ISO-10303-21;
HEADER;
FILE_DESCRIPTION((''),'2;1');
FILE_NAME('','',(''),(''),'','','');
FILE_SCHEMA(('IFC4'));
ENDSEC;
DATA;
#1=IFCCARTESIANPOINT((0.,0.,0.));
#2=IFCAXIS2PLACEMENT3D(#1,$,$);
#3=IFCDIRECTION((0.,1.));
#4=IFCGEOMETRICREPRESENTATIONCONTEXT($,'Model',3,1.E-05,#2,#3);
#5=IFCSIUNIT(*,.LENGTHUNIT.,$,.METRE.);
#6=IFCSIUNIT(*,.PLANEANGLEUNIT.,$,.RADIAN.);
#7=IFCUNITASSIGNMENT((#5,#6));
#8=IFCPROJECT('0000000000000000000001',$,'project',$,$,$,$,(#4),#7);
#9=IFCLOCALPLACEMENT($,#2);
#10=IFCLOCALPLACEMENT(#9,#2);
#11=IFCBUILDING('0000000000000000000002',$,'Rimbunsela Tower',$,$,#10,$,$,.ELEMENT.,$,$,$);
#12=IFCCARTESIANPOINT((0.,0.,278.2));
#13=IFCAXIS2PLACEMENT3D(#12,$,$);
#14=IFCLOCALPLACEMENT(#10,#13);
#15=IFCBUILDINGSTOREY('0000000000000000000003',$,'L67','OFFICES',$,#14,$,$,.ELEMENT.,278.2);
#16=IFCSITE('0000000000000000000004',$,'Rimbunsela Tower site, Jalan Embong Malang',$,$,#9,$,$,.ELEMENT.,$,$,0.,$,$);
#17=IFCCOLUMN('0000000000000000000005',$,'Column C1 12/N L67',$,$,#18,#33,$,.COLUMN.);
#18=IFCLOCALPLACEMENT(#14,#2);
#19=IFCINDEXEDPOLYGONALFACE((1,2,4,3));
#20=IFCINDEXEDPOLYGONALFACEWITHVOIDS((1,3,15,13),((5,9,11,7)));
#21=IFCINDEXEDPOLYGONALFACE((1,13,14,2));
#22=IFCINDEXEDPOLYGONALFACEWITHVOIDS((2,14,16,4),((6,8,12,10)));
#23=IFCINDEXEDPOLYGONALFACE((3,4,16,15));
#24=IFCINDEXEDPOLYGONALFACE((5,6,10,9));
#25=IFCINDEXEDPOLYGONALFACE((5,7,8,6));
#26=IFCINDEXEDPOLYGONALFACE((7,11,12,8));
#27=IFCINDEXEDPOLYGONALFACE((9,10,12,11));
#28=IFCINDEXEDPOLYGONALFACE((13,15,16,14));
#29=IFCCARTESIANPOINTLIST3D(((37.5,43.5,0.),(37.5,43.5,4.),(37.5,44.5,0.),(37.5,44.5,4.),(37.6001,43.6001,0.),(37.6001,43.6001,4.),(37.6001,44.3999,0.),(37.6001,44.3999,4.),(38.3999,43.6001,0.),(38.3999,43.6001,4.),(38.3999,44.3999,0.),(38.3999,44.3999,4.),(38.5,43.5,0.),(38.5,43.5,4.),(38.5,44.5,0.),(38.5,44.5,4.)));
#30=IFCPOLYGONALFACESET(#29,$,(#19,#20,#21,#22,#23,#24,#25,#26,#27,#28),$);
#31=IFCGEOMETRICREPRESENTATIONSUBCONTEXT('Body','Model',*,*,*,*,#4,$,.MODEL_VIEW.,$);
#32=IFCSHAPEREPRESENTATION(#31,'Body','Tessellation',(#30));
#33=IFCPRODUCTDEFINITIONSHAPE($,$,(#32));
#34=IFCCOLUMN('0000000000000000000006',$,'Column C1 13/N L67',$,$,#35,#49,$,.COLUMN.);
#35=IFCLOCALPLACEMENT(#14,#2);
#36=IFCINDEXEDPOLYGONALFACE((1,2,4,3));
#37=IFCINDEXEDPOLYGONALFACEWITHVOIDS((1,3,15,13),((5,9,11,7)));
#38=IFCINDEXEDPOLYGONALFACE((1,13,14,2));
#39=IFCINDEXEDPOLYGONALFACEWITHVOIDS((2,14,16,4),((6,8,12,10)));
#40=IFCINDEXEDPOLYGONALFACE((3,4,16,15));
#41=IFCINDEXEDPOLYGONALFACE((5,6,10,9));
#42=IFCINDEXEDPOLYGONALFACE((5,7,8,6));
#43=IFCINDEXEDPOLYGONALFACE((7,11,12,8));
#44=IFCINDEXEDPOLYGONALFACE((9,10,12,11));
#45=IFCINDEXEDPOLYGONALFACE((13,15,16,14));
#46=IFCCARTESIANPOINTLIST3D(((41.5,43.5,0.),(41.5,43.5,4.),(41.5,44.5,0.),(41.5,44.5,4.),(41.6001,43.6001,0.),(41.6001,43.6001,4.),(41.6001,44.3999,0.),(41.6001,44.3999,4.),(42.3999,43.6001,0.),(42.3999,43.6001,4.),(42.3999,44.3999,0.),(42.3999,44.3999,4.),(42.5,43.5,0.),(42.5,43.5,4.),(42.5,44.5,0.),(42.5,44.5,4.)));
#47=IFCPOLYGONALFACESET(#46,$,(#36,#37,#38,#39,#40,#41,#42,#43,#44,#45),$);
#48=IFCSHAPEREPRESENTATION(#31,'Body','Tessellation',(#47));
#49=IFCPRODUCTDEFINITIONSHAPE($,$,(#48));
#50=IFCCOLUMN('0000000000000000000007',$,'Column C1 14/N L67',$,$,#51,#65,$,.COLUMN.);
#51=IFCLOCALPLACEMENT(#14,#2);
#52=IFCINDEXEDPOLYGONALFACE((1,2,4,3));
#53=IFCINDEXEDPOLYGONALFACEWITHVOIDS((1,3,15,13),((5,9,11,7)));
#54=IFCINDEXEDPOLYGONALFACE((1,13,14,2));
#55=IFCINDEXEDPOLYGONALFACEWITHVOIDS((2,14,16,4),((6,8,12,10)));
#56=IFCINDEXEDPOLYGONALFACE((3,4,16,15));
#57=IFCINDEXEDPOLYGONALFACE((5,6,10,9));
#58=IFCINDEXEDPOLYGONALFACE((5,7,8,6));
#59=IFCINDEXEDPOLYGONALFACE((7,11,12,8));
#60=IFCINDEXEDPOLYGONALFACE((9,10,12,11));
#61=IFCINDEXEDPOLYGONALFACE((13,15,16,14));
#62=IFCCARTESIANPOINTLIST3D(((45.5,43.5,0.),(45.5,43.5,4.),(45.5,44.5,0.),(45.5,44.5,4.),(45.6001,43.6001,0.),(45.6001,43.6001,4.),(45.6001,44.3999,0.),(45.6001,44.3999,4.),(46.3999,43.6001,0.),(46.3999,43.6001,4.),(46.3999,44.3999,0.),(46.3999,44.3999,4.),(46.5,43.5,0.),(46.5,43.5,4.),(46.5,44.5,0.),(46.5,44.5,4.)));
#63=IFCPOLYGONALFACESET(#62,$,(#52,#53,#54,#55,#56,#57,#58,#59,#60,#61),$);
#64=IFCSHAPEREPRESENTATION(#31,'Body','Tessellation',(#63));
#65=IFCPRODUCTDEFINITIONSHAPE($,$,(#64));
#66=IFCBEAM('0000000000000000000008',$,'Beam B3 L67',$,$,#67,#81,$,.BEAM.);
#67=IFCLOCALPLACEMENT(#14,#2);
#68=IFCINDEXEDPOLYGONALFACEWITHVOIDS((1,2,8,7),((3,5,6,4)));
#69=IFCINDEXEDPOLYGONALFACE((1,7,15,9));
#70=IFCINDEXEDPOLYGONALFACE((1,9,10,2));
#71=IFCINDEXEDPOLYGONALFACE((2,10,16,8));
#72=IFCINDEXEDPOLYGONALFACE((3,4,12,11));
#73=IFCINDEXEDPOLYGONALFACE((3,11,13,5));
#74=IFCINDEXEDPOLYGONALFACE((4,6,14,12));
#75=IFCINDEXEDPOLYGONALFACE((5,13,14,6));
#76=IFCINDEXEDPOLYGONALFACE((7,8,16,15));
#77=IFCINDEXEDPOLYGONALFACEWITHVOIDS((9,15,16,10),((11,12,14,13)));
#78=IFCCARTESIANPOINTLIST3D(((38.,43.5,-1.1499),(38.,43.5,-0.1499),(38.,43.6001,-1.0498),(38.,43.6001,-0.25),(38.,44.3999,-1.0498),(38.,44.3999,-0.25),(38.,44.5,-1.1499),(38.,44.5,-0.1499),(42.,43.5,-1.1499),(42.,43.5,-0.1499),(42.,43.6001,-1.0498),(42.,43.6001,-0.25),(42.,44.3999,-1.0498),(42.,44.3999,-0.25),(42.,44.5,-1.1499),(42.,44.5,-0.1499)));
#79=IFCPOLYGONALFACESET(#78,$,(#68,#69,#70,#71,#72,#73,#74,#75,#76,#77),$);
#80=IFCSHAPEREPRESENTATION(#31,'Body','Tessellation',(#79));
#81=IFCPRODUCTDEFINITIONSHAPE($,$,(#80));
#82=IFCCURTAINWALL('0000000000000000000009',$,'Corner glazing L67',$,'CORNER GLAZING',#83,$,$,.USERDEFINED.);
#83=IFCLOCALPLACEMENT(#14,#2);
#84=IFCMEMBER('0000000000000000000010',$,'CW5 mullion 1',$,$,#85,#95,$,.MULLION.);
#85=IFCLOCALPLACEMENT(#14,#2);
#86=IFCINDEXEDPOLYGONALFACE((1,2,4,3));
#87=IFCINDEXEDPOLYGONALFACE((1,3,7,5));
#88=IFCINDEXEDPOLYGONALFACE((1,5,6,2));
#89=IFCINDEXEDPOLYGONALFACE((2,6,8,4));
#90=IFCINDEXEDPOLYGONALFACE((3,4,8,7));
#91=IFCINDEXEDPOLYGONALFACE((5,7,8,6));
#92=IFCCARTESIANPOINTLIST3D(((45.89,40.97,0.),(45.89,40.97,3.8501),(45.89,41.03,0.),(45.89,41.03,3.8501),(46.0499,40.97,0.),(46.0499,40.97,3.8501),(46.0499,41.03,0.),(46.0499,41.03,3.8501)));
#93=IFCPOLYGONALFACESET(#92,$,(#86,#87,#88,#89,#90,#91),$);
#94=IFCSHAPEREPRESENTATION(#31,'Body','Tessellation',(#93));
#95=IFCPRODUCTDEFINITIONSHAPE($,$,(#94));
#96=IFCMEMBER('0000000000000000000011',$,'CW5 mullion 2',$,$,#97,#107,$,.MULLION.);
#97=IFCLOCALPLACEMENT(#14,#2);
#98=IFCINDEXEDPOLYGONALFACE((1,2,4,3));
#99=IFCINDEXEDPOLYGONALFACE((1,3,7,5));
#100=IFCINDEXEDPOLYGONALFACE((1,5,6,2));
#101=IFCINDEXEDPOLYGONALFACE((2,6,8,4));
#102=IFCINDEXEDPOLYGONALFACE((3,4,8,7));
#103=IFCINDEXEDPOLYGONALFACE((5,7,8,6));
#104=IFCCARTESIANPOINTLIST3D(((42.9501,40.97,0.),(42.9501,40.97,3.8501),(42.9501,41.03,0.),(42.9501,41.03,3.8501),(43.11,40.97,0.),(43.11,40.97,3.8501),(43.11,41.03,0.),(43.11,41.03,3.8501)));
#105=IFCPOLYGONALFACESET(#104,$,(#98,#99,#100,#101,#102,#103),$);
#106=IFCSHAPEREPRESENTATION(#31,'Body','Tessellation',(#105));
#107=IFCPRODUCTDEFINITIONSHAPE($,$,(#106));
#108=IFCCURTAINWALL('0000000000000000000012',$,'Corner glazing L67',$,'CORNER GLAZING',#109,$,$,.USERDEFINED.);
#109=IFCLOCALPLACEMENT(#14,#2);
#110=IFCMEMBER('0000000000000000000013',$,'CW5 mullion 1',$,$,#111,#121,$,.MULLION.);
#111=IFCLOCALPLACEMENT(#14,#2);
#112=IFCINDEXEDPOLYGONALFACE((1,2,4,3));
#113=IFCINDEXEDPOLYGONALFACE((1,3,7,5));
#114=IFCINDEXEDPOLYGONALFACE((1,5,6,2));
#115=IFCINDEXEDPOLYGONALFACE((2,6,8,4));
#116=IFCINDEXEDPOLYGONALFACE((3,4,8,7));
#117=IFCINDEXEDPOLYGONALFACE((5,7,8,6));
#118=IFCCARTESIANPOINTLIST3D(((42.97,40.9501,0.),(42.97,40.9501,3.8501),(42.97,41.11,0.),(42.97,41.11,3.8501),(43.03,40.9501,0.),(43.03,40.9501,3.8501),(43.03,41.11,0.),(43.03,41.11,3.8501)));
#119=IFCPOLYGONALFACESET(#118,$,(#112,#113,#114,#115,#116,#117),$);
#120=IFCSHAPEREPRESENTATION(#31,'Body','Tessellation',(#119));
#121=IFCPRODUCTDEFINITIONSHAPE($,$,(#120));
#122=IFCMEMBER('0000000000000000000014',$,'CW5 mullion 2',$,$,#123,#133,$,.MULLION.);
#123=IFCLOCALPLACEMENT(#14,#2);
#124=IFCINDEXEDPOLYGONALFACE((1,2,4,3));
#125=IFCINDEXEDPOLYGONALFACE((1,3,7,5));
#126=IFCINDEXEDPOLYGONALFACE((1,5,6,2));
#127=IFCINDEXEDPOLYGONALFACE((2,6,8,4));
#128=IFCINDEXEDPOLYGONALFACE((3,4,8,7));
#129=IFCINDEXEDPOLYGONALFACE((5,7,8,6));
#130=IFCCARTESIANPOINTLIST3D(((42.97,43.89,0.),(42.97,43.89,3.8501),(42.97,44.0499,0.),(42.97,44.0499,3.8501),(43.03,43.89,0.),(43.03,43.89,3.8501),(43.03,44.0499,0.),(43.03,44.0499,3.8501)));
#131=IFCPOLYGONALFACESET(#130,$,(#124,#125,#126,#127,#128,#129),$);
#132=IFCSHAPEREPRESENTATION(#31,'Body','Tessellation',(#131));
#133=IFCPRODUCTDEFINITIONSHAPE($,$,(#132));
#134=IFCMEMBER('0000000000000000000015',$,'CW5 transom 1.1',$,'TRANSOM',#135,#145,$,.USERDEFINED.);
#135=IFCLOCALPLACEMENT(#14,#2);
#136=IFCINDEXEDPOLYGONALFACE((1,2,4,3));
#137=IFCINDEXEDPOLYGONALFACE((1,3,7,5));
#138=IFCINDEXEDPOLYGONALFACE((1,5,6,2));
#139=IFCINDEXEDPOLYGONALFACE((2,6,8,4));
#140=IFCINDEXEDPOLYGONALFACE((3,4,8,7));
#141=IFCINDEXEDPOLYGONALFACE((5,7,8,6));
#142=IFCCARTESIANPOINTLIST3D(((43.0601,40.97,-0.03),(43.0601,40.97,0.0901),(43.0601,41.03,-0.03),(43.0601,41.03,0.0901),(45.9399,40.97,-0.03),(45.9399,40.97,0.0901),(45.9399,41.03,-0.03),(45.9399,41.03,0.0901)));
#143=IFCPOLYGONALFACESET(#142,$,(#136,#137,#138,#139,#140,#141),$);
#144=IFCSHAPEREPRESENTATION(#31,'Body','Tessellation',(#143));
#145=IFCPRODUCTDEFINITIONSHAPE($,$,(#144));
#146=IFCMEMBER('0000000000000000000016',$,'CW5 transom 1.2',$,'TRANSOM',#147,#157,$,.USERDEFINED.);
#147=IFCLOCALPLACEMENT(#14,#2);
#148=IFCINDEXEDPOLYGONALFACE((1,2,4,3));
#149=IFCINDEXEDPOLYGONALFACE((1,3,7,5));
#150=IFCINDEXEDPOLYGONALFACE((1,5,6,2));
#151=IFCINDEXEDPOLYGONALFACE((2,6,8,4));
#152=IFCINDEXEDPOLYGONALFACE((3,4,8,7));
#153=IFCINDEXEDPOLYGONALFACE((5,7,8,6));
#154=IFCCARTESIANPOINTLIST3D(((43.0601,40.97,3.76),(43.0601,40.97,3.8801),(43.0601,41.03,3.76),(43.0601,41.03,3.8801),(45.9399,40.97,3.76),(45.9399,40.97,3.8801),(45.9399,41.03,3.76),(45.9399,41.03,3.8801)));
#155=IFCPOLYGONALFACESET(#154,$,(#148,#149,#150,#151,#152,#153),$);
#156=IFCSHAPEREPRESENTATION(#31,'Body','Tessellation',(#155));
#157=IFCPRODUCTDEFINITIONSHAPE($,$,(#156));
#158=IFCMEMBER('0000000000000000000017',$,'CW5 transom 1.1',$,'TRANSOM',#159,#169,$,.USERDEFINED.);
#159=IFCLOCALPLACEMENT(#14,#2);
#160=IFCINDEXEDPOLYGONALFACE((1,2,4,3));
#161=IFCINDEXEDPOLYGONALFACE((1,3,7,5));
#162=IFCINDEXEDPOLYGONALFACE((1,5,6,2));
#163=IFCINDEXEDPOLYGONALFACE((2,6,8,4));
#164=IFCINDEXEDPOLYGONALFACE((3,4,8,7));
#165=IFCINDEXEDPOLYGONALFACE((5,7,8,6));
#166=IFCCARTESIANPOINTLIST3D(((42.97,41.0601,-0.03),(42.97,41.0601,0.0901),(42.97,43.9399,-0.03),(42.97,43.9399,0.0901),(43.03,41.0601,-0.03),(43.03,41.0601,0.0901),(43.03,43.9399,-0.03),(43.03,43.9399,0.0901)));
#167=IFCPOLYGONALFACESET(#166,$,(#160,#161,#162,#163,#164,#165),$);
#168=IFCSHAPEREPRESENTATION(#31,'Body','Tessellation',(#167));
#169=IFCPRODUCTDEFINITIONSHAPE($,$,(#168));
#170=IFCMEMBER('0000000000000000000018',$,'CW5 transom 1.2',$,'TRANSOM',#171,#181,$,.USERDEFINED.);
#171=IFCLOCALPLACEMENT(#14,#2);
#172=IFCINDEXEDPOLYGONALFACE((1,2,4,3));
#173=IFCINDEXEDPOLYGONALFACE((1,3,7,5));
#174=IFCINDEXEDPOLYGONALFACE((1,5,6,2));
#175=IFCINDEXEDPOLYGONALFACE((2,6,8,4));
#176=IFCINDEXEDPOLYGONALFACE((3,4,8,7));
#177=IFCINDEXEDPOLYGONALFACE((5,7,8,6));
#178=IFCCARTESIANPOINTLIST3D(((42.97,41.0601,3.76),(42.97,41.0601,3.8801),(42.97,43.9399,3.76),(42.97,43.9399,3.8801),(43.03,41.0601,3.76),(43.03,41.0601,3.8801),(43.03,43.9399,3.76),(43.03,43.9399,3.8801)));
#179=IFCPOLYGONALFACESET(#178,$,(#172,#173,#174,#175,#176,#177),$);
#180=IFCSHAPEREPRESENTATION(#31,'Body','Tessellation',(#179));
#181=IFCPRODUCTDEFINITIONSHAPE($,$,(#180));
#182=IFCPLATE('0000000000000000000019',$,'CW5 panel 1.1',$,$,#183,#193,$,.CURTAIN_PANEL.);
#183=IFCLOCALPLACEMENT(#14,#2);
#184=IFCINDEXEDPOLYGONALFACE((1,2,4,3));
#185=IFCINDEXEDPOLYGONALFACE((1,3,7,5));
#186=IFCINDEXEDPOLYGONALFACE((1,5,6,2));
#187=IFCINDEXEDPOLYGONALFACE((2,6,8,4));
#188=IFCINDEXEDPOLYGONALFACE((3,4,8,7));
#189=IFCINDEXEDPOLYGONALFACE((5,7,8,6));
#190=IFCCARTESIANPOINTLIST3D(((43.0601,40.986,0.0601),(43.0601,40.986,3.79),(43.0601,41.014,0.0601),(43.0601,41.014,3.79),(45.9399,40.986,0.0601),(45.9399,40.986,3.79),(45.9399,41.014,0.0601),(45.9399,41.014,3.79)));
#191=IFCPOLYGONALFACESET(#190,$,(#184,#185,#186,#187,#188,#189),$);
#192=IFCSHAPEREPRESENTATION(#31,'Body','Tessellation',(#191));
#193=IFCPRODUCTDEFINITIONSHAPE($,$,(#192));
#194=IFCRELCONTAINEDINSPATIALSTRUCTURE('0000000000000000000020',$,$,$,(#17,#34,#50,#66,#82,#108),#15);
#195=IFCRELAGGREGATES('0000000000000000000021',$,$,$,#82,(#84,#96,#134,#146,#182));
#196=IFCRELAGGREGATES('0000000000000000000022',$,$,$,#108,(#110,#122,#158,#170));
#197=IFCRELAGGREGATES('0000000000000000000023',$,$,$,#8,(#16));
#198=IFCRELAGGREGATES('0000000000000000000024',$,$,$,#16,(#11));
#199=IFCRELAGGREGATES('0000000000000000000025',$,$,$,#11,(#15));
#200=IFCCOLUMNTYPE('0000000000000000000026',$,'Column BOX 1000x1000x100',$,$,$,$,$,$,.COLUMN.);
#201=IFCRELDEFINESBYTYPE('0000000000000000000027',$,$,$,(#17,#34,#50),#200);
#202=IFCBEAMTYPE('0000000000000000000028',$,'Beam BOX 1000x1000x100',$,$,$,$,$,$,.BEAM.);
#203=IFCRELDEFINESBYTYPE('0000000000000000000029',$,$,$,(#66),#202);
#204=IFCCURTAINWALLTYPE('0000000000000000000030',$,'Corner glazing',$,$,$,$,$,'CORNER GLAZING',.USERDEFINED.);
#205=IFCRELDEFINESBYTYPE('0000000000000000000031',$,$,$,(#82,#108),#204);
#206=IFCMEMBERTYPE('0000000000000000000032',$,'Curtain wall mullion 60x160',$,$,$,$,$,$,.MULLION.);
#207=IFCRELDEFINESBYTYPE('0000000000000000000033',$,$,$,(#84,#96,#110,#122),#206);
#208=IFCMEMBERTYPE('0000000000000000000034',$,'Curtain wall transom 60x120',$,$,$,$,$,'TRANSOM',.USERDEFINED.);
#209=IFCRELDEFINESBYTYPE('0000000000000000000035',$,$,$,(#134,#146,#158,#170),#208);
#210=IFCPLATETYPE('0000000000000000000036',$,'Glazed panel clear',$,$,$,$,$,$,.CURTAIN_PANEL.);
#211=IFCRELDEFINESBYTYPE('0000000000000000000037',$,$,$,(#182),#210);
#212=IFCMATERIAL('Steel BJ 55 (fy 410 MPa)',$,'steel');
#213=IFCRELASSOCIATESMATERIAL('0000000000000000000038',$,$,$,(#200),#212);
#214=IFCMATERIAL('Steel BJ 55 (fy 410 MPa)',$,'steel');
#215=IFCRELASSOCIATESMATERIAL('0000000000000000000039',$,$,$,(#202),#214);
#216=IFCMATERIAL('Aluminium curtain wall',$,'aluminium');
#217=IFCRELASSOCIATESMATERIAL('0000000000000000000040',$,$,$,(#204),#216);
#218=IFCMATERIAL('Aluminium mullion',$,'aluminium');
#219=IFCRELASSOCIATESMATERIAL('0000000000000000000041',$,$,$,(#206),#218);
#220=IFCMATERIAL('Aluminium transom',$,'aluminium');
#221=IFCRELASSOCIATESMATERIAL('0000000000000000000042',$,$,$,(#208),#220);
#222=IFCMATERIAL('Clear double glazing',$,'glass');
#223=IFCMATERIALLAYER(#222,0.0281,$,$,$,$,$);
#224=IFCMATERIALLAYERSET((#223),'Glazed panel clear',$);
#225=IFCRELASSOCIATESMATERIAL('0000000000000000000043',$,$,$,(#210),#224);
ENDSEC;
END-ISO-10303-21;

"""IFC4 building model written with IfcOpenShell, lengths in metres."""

from ifc_helpers import new_model, si_unit, direction, frame, origin, origin_2d, place, context, subcontext, project, spatial, rectangle, hollow_rectangle, extrude, material, layer, layer_set, material_profile, profile_set, type_object, element, aggregate, save


model = new_model("IFC4")

# Units and contexts
model_context = context("Model", 3, precision=1e-05, world=origin(), true_north=direction((0.0, 1.0)))
body_context = subcontext(model_context, "Body", "Model", "MODEL_VIEW")
ifc_project = project(units=[si_unit("LENGTHUNIT", "METRE"), si_unit("PLANEANGLEUNIT", "RADIAN")], contexts=[model_context])

# Site, building, storey
site_placement = place(None, origin())
site = spatial("IfcSite", under=ifc_project, at=site_placement, Name="Rimbunsela Tower site, Jalan Embong Malang", CompositionType="ELEMENT", RefElevation=0.0)
building_placement = place(site_placement, origin())
building = spatial("IfcBuilding", under=site, at=building_placement, Name="Rimbunsela Tower", CompositionType="ELEMENT")
storey_placement = place(building_placement, frame((0.0, 0.0, 278.2)))
storey = spatial("IfcBuildingStorey", under=building, at=storey_placement, Name="L67", Description="OFFICES", CompositionType="ELEMENT", Elevation=278.2)

# Columns
ifc_material_1 = material(Name="Steel BJ 55 (fy 410 MPa)", Category="steel")
ifc_material_profile_1 = material_profile(ifc_material_1, hollow_rectangle(XDim=1.0, YDim=1.0, WallThickness=0.1001, at=origin_2d()), Name="BOX 1000x1000x100")
ifc_profile_set_1 = profile_set([ifc_material_profile_1], Name="Steel BJ 55 (fy 410 MPa)")
column_type = type_object("IfcColumnType", Name="Column BOX 1000x1000x100", PredefinedType="COLUMN", material=ifc_profile_set_1)
for number, where, z_axis, x_axis, name in (
    (1, (38.0, 44.0, 0.0), (0.0, 0.0, 1.0), (1.0, 0.0, 0.0), "Column C1 12/N L67"),
    (2, (42.0, 44.0, 0.0), (0.0, 0.0, 1.0), (1.0, 0.0, 0.0), "Column C1 13/N L67"),
    (3, (46.0, 44.0, 0.0), (0.0, 0.0, 1.0), (1.0, 0.0, 0.0), "Column C1 14/N L67"),
):
    element("IfcColumn", number, at=place(storey_placement, frame(where, z_axis=z_axis, x_axis=x_axis)), inside=storey, type_object=column_type, Name=name, PredefinedType="COLUMN", context=body_context, shape_type="SweptSolid", body=[
        extrude(hollow_rectangle(XDim=1.0, YDim=1.0, WallThickness=0.1001, at=origin_2d()), origin(), (0.0, 0.0, 1.0), 4.0),
    ])

# Beam
ifc_material_2 = material(Name="Steel BJ 55 (fy 410 MPa)", Category="steel")
ifc_material_profile_2 = material_profile(ifc_material_2, hollow_rectangle(XDim=1.0, YDim=1.0, WallThickness=0.1001, at=origin_2d()), Name="BOX 1000x1000x100")
ifc_profile_set_2 = profile_set([ifc_material_profile_2], Name="Steel BJ 55 (fy 410 MPa)")
beam_type = type_object("IfcBeamType", Name="Beam BOX 1000x1000x100", PredefinedType="BEAM", material=ifc_profile_set_2)
beam_placement = place(storey_placement, frame((38.0, 44.0, -0.6499), z_axis=(1.0, 0.0, 0.0), x_axis=(0.0, 1.0, 0.0)))
element("IfcBeam", 4, at=beam_placement, inside=storey, type_object=beam_type, Name="Beam B3 L67", PredefinedType="BEAM", context=body_context, shape_type="SweptSolid", body=[
    extrude(hollow_rectangle(XDim=1.0, YDim=1.0, WallThickness=0.1001, at=origin_2d()), origin(), (0.0, 0.0, 1.0), 4.0),
])

# Curtain walls, members
ifc_material_3 = material(Name="Aluminium curtain wall", Category="aluminium")
curtain_wall_type = type_object("IfcCurtainWallType", Name="Corner glazing", ElementType="CORNER GLAZING", PredefinedType="USERDEFINED", material=ifc_material_3)
curtain_wall_1_placement = place(storey_placement, origin())
curtain_wall_1 = element("IfcCurtainWall", 5, at=curtain_wall_1_placement, inside=storey, type_object=curtain_wall_type, Name="Corner glazing L67", ObjectType="CORNER GLAZING", PredefinedType="USERDEFINED")
ifc_material_4 = material(Name="Aluminium mullion", Category="aluminium")
ifc_material_profile_3 = material_profile(ifc_material_4, rectangle(XDim=0.0601, YDim=0.1599, at=origin_2d()), Name="Mullion 60x160")
ifc_profile_set_3 = profile_set([ifc_material_profile_3], Name="Aluminium mullion")
member_type_1 = type_object("IfcMemberType", Name="Curtain wall mullion 60x160", PredefinedType="MULLION", material=ifc_profile_set_3)
member_1_placement = place(storey_placement, frame((45.97, 41.0, 0.0), z_axis=(0.0, 0.0, 1.0), x_axis=(0.0, -1.0, 0.0)))
member_1 = element("IfcMember", 6, at=member_1_placement, type_object=member_type_1, Name="CW5 mullion 1", PredefinedType="MULLION", context=body_context, shape_type="SweptSolid", body=[
    extrude(rectangle(XDim=0.0601, YDim=0.1599, at=origin_2d()), origin(), (0.0, 0.0, 1.0), 3.8501),
])
member_2_placement = place(storey_placement, frame((43.03, 41.0, 0.0), z_axis=(0.0, 0.0, 1.0), x_axis=(0.0, -1.0, 0.0)))
member_2 = element("IfcMember", 7, at=member_2_placement, type_object=member_type_1, Name="CW5 mullion 2", PredefinedType="MULLION", context=body_context, shape_type="SweptSolid", body=[
    extrude(rectangle(XDim=0.0601, YDim=0.1599, at=origin_2d()), origin(), (0.0, 0.0, 1.0), 3.8501),
])
curtain_wall_2_placement = place(storey_placement, origin())
curtain_wall_2 = element("IfcCurtainWall", 8, at=curtain_wall_2_placement, inside=storey, type_object=curtain_wall_type, Name="Corner glazing L67", ObjectType="CORNER GLAZING", PredefinedType="USERDEFINED")
member_3_placement = place(storey_placement, frame((43.0, 41.03, 0.0), z_axis=(0.0, 0.0, 1.0), x_axis=(-1.0, 0.0, 0.0)))
member_3 = element("IfcMember", 9, at=member_3_placement, type_object=member_type_1, Name="CW5 mullion 1", PredefinedType="MULLION", context=body_context, shape_type="SweptSolid", body=[
    extrude(rectangle(XDim=0.0601, YDim=0.1599, at=origin_2d()), origin(), (0.0, 0.0, 1.0), 3.8501),
])
member_4_placement = place(storey_placement, frame((43.0, 43.97, 0.0), z_axis=(0.0, 0.0, 1.0), x_axis=(-1.0, 0.0, 0.0)))
member_4 = element("IfcMember", 10, at=member_4_placement, type_object=member_type_1, Name="CW5 mullion 2", PredefinedType="MULLION", context=body_context, shape_type="SweptSolid", body=[
    extrude(rectangle(XDim=0.0601, YDim=0.1599, at=origin_2d()), origin(), (0.0, 0.0, 1.0), 3.8501),
])

# Members
ifc_material_5 = material(Name="Aluminium transom", Category="aluminium")
ifc_material_profile_4 = material_profile(ifc_material_5, rectangle(XDim=0.0601, YDim=0.1201, at=origin_2d()), Name="Transom 60x120")
ifc_profile_set_4 = profile_set([ifc_material_profile_4], Name="Aluminium transom")
member_type_2 = type_object("IfcMemberType", Name="Curtain wall transom 60x120", ElementType="TRANSOM", PredefinedType="USERDEFINED", material=ifc_profile_set_4)
member_5_placement = place(storey_placement, frame((45.9399, 41.0, 0.03), z_axis=(-1.0, 0.0, 0.0), x_axis=(0.0, -1.0, 0.0)))
member_5 = element("IfcMember", 11, at=member_5_placement, type_object=member_type_2, Name="CW5 transom 1.1", ObjectType="TRANSOM", PredefinedType="USERDEFINED", context=body_context, shape_type="SweptSolid", body=[
    extrude(rectangle(XDim=0.0601, YDim=0.1201, at=origin_2d()), origin(), (0.0, 0.0, 1.0), 2.8799),
])
member_6_placement = place(storey_placement, frame((45.9399, 41.0, 3.8201), z_axis=(-1.0, 0.0, 0.0), x_axis=(0.0, -1.0, 0.0)))
member_6 = element("IfcMember", 12, at=member_6_placement, type_object=member_type_2, Name="CW5 transom 1.2", ObjectType="TRANSOM", PredefinedType="USERDEFINED", context=body_context, shape_type="SweptSolid", body=[
    extrude(rectangle(XDim=0.0601, YDim=0.1201, at=origin_2d()), origin(), (0.0, 0.0, 1.0), 2.8799),
])
member_7_placement = place(storey_placement, frame((43.0, 41.0601, 0.03), z_axis=(0.0, 1.0, 0.0), x_axis=(-1.0, 0.0, 0.0)))
member_7 = element("IfcMember", 13, at=member_7_placement, type_object=member_type_2, Name="CW5 transom 1.1", ObjectType="TRANSOM", PredefinedType="USERDEFINED", context=body_context, shape_type="SweptSolid", body=[
    extrude(rectangle(XDim=0.0601, YDim=0.1201, at=origin_2d()), origin(), (0.0, 0.0, 1.0), 2.8799),
])
member_8_placement = place(storey_placement, frame((43.0, 41.0601, 3.8201), z_axis=(0.0, 1.0, 0.0), x_axis=(-1.0, 0.0, 0.0)))
member_8 = element("IfcMember", 14, at=member_8_placement, type_object=member_type_2, Name="CW5 transom 1.2", ObjectType="TRANSOM", PredefinedType="USERDEFINED", context=body_context, shape_type="SweptSolid", body=[
    extrude(rectangle(XDim=0.0601, YDim=0.1201, at=origin_2d()), origin(), (0.0, 0.0, 1.0), 2.8799),
])

# Plate
ifc_material_6 = material(Name="Clear double glazing", Category="glass")
ifc_layer_1 = layer(ifc_material_6, 0.0281)
ifc_layer_set_1 = layer_set([ifc_layer_1], Name="Glazed panel clear")
plate_type = type_object("IfcPlateType", Name="Glazed panel clear", PredefinedType="CURTAIN_PANEL", material=ifc_layer_set_1)
plate_1_placement = place(storey_placement, frame((44.5, 41.0, 0.0601), z_axis=(0.0, 0.0, 1.0), x_axis=(-1.0, 0.0, 0.0)))
plate_1 = element("IfcPlate", 15, at=plate_1_placement, type_object=plate_type, Name="CW5 panel 1.1", PredefinedType="CURTAIN_PANEL", context=body_context, shape_type="SweptSolid", body=[
    extrude(rectangle(XDim=2.8799, YDim=0.0281, at=origin_2d()), origin(), (0.0, 0.0, 1.0), 3.73),
])
aggregate(curtain_wall_1, [member_1, member_2, member_5, member_6, plate_1])
aggregate(curtain_wall_2, [member_3, member_4, member_7, member_8])

save(model, "model.ifc")
